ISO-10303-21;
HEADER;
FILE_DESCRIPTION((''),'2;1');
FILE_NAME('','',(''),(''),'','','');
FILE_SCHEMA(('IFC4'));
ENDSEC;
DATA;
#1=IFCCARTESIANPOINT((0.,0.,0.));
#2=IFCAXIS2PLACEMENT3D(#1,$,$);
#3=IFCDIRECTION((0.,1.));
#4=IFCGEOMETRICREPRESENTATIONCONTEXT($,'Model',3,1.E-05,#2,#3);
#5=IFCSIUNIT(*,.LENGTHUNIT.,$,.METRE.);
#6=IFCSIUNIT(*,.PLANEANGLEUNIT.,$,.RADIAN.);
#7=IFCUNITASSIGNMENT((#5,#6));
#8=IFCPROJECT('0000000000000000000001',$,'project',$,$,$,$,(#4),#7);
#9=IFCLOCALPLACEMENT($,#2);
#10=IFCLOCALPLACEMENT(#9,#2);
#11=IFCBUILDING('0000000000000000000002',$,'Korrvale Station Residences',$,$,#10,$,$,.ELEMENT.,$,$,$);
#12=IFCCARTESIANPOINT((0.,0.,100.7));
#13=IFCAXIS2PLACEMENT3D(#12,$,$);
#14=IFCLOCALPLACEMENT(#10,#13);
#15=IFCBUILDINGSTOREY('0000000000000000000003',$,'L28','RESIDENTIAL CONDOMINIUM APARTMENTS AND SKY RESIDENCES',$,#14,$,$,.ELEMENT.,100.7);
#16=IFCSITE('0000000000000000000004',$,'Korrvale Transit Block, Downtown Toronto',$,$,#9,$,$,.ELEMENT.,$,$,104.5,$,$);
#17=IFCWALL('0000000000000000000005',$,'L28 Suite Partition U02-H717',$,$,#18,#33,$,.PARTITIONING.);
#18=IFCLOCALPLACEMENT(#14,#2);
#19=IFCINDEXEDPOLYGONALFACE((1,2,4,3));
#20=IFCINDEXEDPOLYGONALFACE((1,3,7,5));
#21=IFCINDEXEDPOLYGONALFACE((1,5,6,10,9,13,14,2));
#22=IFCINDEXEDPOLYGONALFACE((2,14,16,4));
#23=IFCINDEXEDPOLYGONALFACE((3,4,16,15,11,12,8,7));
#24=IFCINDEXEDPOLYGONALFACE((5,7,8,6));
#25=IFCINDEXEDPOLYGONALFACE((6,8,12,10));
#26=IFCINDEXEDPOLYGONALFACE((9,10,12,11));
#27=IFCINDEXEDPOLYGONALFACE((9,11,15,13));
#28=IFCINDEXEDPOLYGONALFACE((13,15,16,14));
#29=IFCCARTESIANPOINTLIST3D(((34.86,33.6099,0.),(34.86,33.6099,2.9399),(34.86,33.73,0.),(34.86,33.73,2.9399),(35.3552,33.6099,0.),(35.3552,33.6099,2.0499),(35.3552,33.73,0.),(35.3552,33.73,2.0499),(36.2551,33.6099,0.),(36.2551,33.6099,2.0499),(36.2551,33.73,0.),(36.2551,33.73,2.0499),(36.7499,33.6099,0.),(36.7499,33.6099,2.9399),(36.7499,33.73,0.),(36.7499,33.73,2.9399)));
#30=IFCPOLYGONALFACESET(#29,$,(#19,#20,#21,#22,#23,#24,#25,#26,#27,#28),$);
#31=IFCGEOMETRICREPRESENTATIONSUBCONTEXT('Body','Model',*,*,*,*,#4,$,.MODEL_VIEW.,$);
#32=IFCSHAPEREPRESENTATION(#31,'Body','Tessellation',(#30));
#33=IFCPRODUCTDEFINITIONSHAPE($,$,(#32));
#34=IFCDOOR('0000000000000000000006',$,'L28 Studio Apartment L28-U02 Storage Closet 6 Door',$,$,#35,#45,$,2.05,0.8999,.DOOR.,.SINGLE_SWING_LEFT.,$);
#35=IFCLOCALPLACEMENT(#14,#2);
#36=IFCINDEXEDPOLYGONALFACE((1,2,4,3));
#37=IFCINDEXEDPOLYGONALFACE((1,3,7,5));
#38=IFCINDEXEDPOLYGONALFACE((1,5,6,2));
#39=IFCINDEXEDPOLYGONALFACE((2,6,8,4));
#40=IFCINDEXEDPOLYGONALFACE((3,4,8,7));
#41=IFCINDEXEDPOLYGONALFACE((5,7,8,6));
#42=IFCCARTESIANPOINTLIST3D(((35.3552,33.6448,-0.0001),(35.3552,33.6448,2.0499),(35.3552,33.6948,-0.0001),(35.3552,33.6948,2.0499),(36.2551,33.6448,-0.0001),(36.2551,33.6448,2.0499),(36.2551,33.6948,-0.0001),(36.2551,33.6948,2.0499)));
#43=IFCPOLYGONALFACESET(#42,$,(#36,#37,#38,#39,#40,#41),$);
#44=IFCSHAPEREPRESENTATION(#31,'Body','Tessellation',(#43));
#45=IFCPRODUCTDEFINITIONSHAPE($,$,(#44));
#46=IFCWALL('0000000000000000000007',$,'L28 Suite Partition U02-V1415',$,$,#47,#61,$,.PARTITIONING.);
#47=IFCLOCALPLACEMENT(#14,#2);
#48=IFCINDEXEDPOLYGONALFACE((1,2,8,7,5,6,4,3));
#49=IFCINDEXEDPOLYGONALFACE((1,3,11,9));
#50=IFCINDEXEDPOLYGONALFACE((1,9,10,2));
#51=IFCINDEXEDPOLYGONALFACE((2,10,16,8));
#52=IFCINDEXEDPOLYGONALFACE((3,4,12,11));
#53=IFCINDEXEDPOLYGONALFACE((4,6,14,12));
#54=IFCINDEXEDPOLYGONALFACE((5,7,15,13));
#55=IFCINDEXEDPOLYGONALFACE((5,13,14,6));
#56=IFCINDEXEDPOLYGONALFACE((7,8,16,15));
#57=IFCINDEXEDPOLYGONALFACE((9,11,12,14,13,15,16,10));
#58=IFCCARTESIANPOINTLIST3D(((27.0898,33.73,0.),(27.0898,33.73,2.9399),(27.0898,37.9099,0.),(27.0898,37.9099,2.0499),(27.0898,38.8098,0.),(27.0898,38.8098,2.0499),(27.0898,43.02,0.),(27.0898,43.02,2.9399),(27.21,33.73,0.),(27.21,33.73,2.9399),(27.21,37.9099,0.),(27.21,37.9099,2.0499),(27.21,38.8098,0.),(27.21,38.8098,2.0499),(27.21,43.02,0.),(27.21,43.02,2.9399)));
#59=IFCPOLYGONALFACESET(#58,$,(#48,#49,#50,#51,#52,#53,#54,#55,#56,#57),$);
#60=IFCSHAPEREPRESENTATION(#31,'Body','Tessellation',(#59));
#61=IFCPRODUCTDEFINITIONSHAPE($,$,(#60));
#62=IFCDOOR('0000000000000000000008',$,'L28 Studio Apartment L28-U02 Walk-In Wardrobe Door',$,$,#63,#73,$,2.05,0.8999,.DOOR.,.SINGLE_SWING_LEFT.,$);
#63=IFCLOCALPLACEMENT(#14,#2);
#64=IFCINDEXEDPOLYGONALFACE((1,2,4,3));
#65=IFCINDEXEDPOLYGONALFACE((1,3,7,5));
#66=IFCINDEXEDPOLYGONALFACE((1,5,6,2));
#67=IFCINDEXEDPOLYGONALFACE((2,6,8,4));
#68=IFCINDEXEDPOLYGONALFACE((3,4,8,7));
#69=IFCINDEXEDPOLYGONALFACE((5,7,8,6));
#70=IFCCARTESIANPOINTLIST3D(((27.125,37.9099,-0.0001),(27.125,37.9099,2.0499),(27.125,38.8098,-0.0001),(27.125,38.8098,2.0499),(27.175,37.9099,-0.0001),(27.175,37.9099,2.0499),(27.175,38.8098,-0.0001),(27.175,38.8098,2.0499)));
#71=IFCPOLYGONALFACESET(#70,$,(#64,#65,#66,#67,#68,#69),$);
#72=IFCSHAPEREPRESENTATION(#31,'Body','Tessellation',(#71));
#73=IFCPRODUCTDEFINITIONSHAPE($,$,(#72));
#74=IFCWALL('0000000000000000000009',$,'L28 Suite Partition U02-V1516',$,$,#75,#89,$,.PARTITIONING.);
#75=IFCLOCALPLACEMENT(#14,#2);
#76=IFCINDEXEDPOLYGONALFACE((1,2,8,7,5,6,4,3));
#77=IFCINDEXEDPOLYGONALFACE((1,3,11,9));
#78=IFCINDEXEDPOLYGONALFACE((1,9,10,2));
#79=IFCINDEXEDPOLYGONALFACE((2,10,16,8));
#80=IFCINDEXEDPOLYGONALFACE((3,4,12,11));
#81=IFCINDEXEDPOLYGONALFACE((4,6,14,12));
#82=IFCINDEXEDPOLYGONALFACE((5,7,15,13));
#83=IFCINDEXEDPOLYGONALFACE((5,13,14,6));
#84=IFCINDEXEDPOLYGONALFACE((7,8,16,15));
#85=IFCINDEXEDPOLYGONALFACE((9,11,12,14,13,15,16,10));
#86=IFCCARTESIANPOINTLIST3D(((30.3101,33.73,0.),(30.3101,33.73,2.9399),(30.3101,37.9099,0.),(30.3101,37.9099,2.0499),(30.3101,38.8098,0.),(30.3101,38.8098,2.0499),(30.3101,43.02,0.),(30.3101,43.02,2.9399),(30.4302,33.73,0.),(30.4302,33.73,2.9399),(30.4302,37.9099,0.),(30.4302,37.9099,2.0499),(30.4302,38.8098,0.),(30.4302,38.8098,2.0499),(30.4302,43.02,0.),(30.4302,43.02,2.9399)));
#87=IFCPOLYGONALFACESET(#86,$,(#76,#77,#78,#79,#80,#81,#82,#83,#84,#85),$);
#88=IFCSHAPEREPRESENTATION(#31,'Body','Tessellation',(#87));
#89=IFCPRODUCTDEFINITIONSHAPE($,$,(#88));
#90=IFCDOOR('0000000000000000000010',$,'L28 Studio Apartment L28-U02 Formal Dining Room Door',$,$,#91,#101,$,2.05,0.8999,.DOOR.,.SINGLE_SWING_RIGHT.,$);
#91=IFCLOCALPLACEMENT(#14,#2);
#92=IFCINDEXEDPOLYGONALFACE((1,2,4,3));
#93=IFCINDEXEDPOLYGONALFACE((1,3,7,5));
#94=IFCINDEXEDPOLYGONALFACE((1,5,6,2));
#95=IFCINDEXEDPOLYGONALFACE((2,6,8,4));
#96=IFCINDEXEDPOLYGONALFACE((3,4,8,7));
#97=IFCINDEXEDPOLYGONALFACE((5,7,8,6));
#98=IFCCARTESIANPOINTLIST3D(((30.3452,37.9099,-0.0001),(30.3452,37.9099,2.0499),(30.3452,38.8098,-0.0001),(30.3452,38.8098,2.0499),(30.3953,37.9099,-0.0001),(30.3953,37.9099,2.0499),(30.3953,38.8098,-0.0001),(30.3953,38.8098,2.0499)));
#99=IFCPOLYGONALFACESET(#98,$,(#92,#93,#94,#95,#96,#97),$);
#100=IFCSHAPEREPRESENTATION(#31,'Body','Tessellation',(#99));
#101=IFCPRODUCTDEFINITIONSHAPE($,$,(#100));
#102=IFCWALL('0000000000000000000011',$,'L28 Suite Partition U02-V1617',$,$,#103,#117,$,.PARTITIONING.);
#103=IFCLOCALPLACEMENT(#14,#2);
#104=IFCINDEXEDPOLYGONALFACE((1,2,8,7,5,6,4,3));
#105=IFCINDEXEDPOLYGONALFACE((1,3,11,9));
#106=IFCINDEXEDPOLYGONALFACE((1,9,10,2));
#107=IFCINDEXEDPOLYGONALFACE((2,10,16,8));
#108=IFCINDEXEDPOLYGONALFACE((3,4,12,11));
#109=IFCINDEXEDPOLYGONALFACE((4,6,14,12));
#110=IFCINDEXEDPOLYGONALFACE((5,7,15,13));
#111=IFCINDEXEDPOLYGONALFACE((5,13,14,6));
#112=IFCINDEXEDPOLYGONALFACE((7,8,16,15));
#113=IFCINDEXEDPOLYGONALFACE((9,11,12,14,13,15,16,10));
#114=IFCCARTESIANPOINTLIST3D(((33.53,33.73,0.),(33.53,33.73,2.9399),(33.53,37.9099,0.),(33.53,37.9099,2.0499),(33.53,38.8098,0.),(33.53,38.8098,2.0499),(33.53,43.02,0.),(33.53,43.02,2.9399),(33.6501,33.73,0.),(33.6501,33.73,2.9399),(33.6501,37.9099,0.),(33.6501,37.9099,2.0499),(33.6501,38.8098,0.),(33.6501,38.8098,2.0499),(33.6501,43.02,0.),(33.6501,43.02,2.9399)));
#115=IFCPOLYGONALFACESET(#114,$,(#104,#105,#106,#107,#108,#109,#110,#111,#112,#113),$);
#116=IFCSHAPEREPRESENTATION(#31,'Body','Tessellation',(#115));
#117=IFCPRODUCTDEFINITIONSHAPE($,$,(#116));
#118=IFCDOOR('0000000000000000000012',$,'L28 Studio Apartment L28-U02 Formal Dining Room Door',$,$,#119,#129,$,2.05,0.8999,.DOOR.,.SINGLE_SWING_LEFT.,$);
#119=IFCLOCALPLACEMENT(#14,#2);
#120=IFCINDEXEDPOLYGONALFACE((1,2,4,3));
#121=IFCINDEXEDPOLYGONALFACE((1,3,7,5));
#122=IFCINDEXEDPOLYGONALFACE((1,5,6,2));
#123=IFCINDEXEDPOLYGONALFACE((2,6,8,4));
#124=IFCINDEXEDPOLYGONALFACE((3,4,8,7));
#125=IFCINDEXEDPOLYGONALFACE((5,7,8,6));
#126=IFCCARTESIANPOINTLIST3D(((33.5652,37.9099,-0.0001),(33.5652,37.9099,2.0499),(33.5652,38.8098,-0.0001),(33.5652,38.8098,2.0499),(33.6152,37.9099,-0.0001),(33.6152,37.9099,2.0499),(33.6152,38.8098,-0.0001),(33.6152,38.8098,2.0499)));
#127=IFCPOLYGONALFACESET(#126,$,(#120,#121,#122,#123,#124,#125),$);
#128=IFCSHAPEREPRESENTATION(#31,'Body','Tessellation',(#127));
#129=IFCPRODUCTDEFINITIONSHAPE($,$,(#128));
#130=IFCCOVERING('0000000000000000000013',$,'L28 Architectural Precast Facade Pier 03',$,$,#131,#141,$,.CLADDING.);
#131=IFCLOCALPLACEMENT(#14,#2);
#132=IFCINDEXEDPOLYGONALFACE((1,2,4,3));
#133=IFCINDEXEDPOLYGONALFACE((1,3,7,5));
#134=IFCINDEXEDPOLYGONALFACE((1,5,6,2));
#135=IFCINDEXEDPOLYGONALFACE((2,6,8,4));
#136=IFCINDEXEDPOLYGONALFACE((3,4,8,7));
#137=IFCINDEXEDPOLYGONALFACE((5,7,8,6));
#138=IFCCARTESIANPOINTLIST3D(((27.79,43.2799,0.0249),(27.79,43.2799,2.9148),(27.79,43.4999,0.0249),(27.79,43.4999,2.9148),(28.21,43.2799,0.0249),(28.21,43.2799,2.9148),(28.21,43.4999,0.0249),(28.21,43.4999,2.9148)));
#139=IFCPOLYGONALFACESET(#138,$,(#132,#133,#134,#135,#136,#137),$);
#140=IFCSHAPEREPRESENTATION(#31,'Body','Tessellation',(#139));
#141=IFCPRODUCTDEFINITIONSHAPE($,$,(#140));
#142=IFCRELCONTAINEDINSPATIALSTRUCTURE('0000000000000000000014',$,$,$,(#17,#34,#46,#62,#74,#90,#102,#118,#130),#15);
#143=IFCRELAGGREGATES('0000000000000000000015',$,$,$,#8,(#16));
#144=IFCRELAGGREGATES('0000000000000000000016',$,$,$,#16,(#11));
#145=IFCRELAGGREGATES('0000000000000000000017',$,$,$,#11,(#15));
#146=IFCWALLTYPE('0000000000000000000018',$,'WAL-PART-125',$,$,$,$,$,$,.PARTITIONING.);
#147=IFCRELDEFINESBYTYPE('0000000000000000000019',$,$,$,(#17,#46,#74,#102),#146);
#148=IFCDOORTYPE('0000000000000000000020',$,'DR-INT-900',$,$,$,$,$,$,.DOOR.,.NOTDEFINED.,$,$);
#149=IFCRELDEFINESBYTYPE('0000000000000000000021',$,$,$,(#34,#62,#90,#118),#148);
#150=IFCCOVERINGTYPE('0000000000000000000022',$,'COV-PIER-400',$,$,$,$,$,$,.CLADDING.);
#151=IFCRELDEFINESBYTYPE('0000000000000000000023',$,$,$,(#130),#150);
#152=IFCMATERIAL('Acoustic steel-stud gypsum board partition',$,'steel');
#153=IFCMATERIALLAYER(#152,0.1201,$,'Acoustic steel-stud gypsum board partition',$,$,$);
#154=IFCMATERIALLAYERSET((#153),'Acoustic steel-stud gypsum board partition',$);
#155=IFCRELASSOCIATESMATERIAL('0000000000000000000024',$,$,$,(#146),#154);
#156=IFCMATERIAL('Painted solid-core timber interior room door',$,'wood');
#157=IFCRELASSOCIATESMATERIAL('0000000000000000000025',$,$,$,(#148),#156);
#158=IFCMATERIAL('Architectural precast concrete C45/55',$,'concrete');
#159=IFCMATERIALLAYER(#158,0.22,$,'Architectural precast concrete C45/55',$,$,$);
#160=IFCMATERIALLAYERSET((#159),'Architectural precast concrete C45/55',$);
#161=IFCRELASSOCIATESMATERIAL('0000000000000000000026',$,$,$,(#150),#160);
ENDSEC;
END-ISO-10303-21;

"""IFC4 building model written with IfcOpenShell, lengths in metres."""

from ifc_helpers import new_model, si_unit, direction, frame, frame_2d, origin, origin_2d, place, context, subcontext, project, spatial, rectangle, extrude, material, layer, layer_set, type_object, element, fill, save


model = new_model("IFC4")

# Units and contexts
model_context = context("Model", 3, precision=1e-05, world=origin(), true_north=direction((0.0, 1.0)))
body_context = subcontext(model_context, "Body", "Model", "MODEL_VIEW")
ifc_project = project(units=[si_unit("LENGTHUNIT", "METRE"), si_unit("PLANEANGLEUNIT", "RADIAN")], contexts=[model_context])

# Site, building, storey
site_placement = place(None, origin())
site = spatial("IfcSite", under=ifc_project, at=site_placement, Name="Korrvale Transit Block, Downtown Toronto", CompositionType="ELEMENT", RefElevation=104.5)
building_placement = place(site_placement, origin())
building = spatial("IfcBuilding", under=site, at=building_placement, Name="Korrvale Station Residences", CompositionType="ELEMENT")
storey_placement = place(building_placement, frame((0.0, 0.0, 100.7)))
storey = spatial("IfcBuildingStorey", under=building, at=storey_placement, Name="L28", Description="RESIDENTIAL CONDOMINIUM APARTMENTS AND SKY RESIDENCES", CompositionType="ELEMENT", Elevation=100.7)

# Shared definitions
ifc_material_1 = material(Name="Acoustic steel-stud gypsum board partition", Category="steel")
ifc_layer_1 = layer(ifc_material_1, 0.1201, Name="Acoustic steel-stud gypsum board partition")
ifc_layer_set_1 = layer_set([ifc_layer_1], Name="Acoustic steel-stud gypsum board partition")
wall_type_1 = type_object("IfcWallType", Name="WAL-PART-125", PredefinedType="PARTITIONING", material=ifc_layer_set_1)

# Shared definitions
ifc_material_2 = material(Name="Painted solid-core timber interior room door", Category="wood")
door_type_1 = type_object("IfcDoorType", Name="DR-INT-900", OperationType="NOTDEFINED", PredefinedType="DOOR", material=ifc_material_2)

# Walls, openings, doors
wall_1_placement = place(storey_placement, frame((34.8601, 33.6699, 0.0), z_axis=(0.0, 0.0, 1.0), x_axis=(1.0, 0.0, 0.0)))
wall_1 = element("IfcWall", 1, at=wall_1_placement, inside=storey, type_object=wall_type_1, Name="L28 Suite Partition U02-H717", PredefinedType="PARTITIONING", context=body_context, shape_type="SweptSolid", body=[
    extrude(rectangle(XDim=1.8899, YDim=0.1201, at=frame_2d((0.9448, 0.0))), origin(), (0.0, 0.0, 1.0), 2.9399),
])
opening_1_placement = place(wall_1_placement, frame((0.4951, 0.0, 0.0)))
opening_1 = element("IfcOpeningElement", 2, at=opening_1_placement, cuts=wall_1, PredefinedType="OPENING", context=body_context, shape_type="SweptSolid", body=[
    extrude(rectangle(XDim=0.8999, YDim=2.05, at=frame_2d((0.45, 1.0249))), frame((0.0, 0.0701, 0.0), z_axis=(0.0, -1.0, 0.0), x_axis=(1.0, 0.0, 0.0)), (0.0, 0.0, 1.0), 0.1401),
])
door_1_placement = place(opening_1_placement, origin())
door_1 = element("IfcDoor", 3, at=door_1_placement, inside=storey, type_object=door_type_1, Name="L28 Studio Apartment L28-U02 Storage Closet 6 Door", OperationType="SINGLE_SWING_LEFT", OverallHeight=2.05, OverallWidth=0.8999, PredefinedType="DOOR", context=body_context, shape_type="SweptSolid", body=[
    extrude(rectangle(XDim=0.8999, YDim=2.05, at=frame_2d((0.45, 1.0249))), frame((0.0, 0.0249, 0.0), z_axis=(0.0, -1.0, 0.0), x_axis=(1.0, 0.0, 0.0)), (0.0, 0.0, 1.0), 0.05),
])
fill(opening_1, door_1)
wall_2_placement = place(storey_placement, frame((27.1499, 33.73, 0.0), z_axis=(0.0, 0.0, 1.0), x_axis=(0.0, 1.0, 0.0)))
wall_2 = element("IfcWall", 4, at=wall_2_placement, inside=storey, type_object=wall_type_1, Name="L28 Suite Partition U02-V1415", PredefinedType="PARTITIONING", context=body_context, shape_type="SweptSolid", body=[
    extrude(rectangle(XDim=9.29, YDim=0.1201, at=frame_2d((4.645, 0.0))), origin(), (0.0, 0.0, 1.0), 2.9399),
])
opening_2_placement = place(wall_2_placement, frame((4.1799, 0.0, 0.0)))
opening_2 = element("IfcOpeningElement", 5, at=opening_2_placement, cuts=wall_2, PredefinedType="OPENING", context=body_context, shape_type="SweptSolid", body=[
    extrude(rectangle(XDim=0.8999, YDim=2.05, at=frame_2d((0.45, 1.0249))), frame((0.0, 0.0701, 0.0), z_axis=(0.0, -1.0, 0.0), x_axis=(1.0, 0.0, 0.0)), (0.0, 0.0, 1.0), 0.1401),
])
door_2_placement = place(opening_2_placement, origin())
door_2 = element("IfcDoor", 6, at=door_2_placement, inside=storey, type_object=door_type_1, Name="L28 Studio Apartment L28-U02 Walk-In Wardrobe Door", OperationType="SINGLE_SWING_LEFT", OverallHeight=2.05, OverallWidth=0.8999, PredefinedType="DOOR", context=body_context, shape_type="SweptSolid", body=[
    extrude(rectangle(XDim=0.8999, YDim=2.05, at=frame_2d((0.45, 1.0249))), frame((0.0, 0.0249, 0.0), z_axis=(0.0, -1.0, 0.0), x_axis=(1.0, 0.0, 0.0)), (0.0, 0.0, 1.0), 0.05),
])
fill(opening_2, door_2)
wall_3_placement = place(storey_placement, frame((30.3701, 33.73, 0.0), z_axis=(0.0, 0.0, 1.0), x_axis=(0.0, 1.0, 0.0)))
wall_3 = element("IfcWall", 7, at=wall_3_placement, inside=storey, type_object=wall_type_1, Name="L28 Suite Partition U02-V1516", PredefinedType="PARTITIONING", context=body_context, shape_type="SweptSolid", body=[
    extrude(rectangle(XDim=9.29, YDim=0.1201, at=frame_2d((4.645, 0.0))), origin(), (0.0, 0.0, 1.0), 2.9399),
])
opening_3_placement = place(wall_3_placement, frame((4.1799, 0.0, 0.0)))
opening_3 = element("IfcOpeningElement", 8, at=opening_3_placement, cuts=wall_3, PredefinedType="OPENING", context=body_context, shape_type="SweptSolid", body=[
    extrude(rectangle(XDim=0.8999, YDim=2.05, at=frame_2d((0.45, 1.0249))), frame((0.0, 0.0701, 0.0), z_axis=(0.0, -1.0, 0.0), x_axis=(1.0, 0.0, 0.0)), (0.0, 0.0, 1.0), 0.1401),
])
door_3_placement = place(opening_3_placement, origin())
door_3 = element("IfcDoor", 9, at=door_3_placement, inside=storey, type_object=door_type_1, Name="L28 Studio Apartment L28-U02 Formal Dining Room Door", OperationType="SINGLE_SWING_RIGHT", OverallHeight=2.05, OverallWidth=0.8999, PredefinedType="DOOR", context=body_context, shape_type="SweptSolid", body=[
    extrude(rectangle(XDim=0.8999, YDim=2.05, at=frame_2d((0.45, 1.0249))), frame((0.0, 0.0249, 0.0), z_axis=(0.0, -1.0, 0.0), x_axis=(1.0, 0.0, 0.0)), (0.0, 0.0, 1.0), 0.05),
])
fill(opening_3, door_3)
wall_4_placement = place(storey_placement, frame((33.5901, 33.73, 0.0), z_axis=(0.0, 0.0, 1.0), x_axis=(0.0, 1.0, 0.0)))
wall_4 = element("IfcWall", 10, at=wall_4_placement, inside=storey, type_object=wall_type_1, Name="L28 Suite Partition U02-V1617", PredefinedType="PARTITIONING", context=body_context, shape_type="SweptSolid", body=[
    extrude(rectangle(XDim=9.29, YDim=0.1201, at=frame_2d((4.645, 0.0))), origin(), (0.0, 0.0, 1.0), 2.9399),
])
opening_4_placement = place(wall_4_placement, frame((4.1799, 0.0, 0.0)))
opening_4 = element("IfcOpeningElement", 11, at=opening_4_placement, cuts=wall_4, PredefinedType="OPENING", context=body_context, shape_type="SweptSolid", body=[
    extrude(rectangle(XDim=0.8999, YDim=2.05, at=frame_2d((0.45, 1.0249))), frame((0.0, 0.0701, 0.0), z_axis=(0.0, -1.0, 0.0), x_axis=(1.0, 0.0, 0.0)), (0.0, 0.0, 1.0), 0.1401),
])
door_4_placement = place(opening_4_placement, origin())
door_4 = element("IfcDoor", 12, at=door_4_placement, inside=storey, type_object=door_type_1, Name="L28 Studio Apartment L28-U02 Formal Dining Room Door", OperationType="SINGLE_SWING_LEFT", OverallHeight=2.05, OverallWidth=0.8999, PredefinedType="DOOR", context=body_context, shape_type="SweptSolid", body=[
    extrude(rectangle(XDim=0.8999, YDim=2.05, at=frame_2d((0.45, 1.0249))), frame((0.0, 0.0249, 0.0), z_axis=(0.0, -1.0, 0.0), x_axis=(1.0, 0.0, 0.0)), (0.0, 0.0, 1.0), 0.05),
])
fill(opening_4, door_4)

# Covering
ifc_material_3 = material(Name="Architectural precast concrete C45/55", Category="concrete")
ifc_layer_2 = layer(ifc_material_3, 0.22, Name="Architectural precast concrete C45/55")
ifc_layer_set_2 = layer_set([ifc_layer_2], Name="Architectural precast concrete C45/55")
covering_type = type_object("IfcCoveringType", Name="COV-PIER-400", PredefinedType="CLADDING", material=ifc_layer_set_2)
covering_placement = place(storey_placement, frame((28.0, 43.3899, 0.0249), z_axis=(0.0, 0.0, 1.0), x_axis=(1.0, 0.0, 0.0)))
element("IfcCovering", 13, at=covering_placement, inside=storey, type_object=covering_type, Name="L28 Architectural Precast Facade Pier 03", PredefinedType="CLADDING", context=body_context, shape_type="SweptSolid", body=[
    extrude(rectangle(XDim=0.4199, YDim=0.22, at=origin_2d()), origin(), (0.0, 0.0, 1.0), 2.8899),
])

save(model, "model.ifc")
